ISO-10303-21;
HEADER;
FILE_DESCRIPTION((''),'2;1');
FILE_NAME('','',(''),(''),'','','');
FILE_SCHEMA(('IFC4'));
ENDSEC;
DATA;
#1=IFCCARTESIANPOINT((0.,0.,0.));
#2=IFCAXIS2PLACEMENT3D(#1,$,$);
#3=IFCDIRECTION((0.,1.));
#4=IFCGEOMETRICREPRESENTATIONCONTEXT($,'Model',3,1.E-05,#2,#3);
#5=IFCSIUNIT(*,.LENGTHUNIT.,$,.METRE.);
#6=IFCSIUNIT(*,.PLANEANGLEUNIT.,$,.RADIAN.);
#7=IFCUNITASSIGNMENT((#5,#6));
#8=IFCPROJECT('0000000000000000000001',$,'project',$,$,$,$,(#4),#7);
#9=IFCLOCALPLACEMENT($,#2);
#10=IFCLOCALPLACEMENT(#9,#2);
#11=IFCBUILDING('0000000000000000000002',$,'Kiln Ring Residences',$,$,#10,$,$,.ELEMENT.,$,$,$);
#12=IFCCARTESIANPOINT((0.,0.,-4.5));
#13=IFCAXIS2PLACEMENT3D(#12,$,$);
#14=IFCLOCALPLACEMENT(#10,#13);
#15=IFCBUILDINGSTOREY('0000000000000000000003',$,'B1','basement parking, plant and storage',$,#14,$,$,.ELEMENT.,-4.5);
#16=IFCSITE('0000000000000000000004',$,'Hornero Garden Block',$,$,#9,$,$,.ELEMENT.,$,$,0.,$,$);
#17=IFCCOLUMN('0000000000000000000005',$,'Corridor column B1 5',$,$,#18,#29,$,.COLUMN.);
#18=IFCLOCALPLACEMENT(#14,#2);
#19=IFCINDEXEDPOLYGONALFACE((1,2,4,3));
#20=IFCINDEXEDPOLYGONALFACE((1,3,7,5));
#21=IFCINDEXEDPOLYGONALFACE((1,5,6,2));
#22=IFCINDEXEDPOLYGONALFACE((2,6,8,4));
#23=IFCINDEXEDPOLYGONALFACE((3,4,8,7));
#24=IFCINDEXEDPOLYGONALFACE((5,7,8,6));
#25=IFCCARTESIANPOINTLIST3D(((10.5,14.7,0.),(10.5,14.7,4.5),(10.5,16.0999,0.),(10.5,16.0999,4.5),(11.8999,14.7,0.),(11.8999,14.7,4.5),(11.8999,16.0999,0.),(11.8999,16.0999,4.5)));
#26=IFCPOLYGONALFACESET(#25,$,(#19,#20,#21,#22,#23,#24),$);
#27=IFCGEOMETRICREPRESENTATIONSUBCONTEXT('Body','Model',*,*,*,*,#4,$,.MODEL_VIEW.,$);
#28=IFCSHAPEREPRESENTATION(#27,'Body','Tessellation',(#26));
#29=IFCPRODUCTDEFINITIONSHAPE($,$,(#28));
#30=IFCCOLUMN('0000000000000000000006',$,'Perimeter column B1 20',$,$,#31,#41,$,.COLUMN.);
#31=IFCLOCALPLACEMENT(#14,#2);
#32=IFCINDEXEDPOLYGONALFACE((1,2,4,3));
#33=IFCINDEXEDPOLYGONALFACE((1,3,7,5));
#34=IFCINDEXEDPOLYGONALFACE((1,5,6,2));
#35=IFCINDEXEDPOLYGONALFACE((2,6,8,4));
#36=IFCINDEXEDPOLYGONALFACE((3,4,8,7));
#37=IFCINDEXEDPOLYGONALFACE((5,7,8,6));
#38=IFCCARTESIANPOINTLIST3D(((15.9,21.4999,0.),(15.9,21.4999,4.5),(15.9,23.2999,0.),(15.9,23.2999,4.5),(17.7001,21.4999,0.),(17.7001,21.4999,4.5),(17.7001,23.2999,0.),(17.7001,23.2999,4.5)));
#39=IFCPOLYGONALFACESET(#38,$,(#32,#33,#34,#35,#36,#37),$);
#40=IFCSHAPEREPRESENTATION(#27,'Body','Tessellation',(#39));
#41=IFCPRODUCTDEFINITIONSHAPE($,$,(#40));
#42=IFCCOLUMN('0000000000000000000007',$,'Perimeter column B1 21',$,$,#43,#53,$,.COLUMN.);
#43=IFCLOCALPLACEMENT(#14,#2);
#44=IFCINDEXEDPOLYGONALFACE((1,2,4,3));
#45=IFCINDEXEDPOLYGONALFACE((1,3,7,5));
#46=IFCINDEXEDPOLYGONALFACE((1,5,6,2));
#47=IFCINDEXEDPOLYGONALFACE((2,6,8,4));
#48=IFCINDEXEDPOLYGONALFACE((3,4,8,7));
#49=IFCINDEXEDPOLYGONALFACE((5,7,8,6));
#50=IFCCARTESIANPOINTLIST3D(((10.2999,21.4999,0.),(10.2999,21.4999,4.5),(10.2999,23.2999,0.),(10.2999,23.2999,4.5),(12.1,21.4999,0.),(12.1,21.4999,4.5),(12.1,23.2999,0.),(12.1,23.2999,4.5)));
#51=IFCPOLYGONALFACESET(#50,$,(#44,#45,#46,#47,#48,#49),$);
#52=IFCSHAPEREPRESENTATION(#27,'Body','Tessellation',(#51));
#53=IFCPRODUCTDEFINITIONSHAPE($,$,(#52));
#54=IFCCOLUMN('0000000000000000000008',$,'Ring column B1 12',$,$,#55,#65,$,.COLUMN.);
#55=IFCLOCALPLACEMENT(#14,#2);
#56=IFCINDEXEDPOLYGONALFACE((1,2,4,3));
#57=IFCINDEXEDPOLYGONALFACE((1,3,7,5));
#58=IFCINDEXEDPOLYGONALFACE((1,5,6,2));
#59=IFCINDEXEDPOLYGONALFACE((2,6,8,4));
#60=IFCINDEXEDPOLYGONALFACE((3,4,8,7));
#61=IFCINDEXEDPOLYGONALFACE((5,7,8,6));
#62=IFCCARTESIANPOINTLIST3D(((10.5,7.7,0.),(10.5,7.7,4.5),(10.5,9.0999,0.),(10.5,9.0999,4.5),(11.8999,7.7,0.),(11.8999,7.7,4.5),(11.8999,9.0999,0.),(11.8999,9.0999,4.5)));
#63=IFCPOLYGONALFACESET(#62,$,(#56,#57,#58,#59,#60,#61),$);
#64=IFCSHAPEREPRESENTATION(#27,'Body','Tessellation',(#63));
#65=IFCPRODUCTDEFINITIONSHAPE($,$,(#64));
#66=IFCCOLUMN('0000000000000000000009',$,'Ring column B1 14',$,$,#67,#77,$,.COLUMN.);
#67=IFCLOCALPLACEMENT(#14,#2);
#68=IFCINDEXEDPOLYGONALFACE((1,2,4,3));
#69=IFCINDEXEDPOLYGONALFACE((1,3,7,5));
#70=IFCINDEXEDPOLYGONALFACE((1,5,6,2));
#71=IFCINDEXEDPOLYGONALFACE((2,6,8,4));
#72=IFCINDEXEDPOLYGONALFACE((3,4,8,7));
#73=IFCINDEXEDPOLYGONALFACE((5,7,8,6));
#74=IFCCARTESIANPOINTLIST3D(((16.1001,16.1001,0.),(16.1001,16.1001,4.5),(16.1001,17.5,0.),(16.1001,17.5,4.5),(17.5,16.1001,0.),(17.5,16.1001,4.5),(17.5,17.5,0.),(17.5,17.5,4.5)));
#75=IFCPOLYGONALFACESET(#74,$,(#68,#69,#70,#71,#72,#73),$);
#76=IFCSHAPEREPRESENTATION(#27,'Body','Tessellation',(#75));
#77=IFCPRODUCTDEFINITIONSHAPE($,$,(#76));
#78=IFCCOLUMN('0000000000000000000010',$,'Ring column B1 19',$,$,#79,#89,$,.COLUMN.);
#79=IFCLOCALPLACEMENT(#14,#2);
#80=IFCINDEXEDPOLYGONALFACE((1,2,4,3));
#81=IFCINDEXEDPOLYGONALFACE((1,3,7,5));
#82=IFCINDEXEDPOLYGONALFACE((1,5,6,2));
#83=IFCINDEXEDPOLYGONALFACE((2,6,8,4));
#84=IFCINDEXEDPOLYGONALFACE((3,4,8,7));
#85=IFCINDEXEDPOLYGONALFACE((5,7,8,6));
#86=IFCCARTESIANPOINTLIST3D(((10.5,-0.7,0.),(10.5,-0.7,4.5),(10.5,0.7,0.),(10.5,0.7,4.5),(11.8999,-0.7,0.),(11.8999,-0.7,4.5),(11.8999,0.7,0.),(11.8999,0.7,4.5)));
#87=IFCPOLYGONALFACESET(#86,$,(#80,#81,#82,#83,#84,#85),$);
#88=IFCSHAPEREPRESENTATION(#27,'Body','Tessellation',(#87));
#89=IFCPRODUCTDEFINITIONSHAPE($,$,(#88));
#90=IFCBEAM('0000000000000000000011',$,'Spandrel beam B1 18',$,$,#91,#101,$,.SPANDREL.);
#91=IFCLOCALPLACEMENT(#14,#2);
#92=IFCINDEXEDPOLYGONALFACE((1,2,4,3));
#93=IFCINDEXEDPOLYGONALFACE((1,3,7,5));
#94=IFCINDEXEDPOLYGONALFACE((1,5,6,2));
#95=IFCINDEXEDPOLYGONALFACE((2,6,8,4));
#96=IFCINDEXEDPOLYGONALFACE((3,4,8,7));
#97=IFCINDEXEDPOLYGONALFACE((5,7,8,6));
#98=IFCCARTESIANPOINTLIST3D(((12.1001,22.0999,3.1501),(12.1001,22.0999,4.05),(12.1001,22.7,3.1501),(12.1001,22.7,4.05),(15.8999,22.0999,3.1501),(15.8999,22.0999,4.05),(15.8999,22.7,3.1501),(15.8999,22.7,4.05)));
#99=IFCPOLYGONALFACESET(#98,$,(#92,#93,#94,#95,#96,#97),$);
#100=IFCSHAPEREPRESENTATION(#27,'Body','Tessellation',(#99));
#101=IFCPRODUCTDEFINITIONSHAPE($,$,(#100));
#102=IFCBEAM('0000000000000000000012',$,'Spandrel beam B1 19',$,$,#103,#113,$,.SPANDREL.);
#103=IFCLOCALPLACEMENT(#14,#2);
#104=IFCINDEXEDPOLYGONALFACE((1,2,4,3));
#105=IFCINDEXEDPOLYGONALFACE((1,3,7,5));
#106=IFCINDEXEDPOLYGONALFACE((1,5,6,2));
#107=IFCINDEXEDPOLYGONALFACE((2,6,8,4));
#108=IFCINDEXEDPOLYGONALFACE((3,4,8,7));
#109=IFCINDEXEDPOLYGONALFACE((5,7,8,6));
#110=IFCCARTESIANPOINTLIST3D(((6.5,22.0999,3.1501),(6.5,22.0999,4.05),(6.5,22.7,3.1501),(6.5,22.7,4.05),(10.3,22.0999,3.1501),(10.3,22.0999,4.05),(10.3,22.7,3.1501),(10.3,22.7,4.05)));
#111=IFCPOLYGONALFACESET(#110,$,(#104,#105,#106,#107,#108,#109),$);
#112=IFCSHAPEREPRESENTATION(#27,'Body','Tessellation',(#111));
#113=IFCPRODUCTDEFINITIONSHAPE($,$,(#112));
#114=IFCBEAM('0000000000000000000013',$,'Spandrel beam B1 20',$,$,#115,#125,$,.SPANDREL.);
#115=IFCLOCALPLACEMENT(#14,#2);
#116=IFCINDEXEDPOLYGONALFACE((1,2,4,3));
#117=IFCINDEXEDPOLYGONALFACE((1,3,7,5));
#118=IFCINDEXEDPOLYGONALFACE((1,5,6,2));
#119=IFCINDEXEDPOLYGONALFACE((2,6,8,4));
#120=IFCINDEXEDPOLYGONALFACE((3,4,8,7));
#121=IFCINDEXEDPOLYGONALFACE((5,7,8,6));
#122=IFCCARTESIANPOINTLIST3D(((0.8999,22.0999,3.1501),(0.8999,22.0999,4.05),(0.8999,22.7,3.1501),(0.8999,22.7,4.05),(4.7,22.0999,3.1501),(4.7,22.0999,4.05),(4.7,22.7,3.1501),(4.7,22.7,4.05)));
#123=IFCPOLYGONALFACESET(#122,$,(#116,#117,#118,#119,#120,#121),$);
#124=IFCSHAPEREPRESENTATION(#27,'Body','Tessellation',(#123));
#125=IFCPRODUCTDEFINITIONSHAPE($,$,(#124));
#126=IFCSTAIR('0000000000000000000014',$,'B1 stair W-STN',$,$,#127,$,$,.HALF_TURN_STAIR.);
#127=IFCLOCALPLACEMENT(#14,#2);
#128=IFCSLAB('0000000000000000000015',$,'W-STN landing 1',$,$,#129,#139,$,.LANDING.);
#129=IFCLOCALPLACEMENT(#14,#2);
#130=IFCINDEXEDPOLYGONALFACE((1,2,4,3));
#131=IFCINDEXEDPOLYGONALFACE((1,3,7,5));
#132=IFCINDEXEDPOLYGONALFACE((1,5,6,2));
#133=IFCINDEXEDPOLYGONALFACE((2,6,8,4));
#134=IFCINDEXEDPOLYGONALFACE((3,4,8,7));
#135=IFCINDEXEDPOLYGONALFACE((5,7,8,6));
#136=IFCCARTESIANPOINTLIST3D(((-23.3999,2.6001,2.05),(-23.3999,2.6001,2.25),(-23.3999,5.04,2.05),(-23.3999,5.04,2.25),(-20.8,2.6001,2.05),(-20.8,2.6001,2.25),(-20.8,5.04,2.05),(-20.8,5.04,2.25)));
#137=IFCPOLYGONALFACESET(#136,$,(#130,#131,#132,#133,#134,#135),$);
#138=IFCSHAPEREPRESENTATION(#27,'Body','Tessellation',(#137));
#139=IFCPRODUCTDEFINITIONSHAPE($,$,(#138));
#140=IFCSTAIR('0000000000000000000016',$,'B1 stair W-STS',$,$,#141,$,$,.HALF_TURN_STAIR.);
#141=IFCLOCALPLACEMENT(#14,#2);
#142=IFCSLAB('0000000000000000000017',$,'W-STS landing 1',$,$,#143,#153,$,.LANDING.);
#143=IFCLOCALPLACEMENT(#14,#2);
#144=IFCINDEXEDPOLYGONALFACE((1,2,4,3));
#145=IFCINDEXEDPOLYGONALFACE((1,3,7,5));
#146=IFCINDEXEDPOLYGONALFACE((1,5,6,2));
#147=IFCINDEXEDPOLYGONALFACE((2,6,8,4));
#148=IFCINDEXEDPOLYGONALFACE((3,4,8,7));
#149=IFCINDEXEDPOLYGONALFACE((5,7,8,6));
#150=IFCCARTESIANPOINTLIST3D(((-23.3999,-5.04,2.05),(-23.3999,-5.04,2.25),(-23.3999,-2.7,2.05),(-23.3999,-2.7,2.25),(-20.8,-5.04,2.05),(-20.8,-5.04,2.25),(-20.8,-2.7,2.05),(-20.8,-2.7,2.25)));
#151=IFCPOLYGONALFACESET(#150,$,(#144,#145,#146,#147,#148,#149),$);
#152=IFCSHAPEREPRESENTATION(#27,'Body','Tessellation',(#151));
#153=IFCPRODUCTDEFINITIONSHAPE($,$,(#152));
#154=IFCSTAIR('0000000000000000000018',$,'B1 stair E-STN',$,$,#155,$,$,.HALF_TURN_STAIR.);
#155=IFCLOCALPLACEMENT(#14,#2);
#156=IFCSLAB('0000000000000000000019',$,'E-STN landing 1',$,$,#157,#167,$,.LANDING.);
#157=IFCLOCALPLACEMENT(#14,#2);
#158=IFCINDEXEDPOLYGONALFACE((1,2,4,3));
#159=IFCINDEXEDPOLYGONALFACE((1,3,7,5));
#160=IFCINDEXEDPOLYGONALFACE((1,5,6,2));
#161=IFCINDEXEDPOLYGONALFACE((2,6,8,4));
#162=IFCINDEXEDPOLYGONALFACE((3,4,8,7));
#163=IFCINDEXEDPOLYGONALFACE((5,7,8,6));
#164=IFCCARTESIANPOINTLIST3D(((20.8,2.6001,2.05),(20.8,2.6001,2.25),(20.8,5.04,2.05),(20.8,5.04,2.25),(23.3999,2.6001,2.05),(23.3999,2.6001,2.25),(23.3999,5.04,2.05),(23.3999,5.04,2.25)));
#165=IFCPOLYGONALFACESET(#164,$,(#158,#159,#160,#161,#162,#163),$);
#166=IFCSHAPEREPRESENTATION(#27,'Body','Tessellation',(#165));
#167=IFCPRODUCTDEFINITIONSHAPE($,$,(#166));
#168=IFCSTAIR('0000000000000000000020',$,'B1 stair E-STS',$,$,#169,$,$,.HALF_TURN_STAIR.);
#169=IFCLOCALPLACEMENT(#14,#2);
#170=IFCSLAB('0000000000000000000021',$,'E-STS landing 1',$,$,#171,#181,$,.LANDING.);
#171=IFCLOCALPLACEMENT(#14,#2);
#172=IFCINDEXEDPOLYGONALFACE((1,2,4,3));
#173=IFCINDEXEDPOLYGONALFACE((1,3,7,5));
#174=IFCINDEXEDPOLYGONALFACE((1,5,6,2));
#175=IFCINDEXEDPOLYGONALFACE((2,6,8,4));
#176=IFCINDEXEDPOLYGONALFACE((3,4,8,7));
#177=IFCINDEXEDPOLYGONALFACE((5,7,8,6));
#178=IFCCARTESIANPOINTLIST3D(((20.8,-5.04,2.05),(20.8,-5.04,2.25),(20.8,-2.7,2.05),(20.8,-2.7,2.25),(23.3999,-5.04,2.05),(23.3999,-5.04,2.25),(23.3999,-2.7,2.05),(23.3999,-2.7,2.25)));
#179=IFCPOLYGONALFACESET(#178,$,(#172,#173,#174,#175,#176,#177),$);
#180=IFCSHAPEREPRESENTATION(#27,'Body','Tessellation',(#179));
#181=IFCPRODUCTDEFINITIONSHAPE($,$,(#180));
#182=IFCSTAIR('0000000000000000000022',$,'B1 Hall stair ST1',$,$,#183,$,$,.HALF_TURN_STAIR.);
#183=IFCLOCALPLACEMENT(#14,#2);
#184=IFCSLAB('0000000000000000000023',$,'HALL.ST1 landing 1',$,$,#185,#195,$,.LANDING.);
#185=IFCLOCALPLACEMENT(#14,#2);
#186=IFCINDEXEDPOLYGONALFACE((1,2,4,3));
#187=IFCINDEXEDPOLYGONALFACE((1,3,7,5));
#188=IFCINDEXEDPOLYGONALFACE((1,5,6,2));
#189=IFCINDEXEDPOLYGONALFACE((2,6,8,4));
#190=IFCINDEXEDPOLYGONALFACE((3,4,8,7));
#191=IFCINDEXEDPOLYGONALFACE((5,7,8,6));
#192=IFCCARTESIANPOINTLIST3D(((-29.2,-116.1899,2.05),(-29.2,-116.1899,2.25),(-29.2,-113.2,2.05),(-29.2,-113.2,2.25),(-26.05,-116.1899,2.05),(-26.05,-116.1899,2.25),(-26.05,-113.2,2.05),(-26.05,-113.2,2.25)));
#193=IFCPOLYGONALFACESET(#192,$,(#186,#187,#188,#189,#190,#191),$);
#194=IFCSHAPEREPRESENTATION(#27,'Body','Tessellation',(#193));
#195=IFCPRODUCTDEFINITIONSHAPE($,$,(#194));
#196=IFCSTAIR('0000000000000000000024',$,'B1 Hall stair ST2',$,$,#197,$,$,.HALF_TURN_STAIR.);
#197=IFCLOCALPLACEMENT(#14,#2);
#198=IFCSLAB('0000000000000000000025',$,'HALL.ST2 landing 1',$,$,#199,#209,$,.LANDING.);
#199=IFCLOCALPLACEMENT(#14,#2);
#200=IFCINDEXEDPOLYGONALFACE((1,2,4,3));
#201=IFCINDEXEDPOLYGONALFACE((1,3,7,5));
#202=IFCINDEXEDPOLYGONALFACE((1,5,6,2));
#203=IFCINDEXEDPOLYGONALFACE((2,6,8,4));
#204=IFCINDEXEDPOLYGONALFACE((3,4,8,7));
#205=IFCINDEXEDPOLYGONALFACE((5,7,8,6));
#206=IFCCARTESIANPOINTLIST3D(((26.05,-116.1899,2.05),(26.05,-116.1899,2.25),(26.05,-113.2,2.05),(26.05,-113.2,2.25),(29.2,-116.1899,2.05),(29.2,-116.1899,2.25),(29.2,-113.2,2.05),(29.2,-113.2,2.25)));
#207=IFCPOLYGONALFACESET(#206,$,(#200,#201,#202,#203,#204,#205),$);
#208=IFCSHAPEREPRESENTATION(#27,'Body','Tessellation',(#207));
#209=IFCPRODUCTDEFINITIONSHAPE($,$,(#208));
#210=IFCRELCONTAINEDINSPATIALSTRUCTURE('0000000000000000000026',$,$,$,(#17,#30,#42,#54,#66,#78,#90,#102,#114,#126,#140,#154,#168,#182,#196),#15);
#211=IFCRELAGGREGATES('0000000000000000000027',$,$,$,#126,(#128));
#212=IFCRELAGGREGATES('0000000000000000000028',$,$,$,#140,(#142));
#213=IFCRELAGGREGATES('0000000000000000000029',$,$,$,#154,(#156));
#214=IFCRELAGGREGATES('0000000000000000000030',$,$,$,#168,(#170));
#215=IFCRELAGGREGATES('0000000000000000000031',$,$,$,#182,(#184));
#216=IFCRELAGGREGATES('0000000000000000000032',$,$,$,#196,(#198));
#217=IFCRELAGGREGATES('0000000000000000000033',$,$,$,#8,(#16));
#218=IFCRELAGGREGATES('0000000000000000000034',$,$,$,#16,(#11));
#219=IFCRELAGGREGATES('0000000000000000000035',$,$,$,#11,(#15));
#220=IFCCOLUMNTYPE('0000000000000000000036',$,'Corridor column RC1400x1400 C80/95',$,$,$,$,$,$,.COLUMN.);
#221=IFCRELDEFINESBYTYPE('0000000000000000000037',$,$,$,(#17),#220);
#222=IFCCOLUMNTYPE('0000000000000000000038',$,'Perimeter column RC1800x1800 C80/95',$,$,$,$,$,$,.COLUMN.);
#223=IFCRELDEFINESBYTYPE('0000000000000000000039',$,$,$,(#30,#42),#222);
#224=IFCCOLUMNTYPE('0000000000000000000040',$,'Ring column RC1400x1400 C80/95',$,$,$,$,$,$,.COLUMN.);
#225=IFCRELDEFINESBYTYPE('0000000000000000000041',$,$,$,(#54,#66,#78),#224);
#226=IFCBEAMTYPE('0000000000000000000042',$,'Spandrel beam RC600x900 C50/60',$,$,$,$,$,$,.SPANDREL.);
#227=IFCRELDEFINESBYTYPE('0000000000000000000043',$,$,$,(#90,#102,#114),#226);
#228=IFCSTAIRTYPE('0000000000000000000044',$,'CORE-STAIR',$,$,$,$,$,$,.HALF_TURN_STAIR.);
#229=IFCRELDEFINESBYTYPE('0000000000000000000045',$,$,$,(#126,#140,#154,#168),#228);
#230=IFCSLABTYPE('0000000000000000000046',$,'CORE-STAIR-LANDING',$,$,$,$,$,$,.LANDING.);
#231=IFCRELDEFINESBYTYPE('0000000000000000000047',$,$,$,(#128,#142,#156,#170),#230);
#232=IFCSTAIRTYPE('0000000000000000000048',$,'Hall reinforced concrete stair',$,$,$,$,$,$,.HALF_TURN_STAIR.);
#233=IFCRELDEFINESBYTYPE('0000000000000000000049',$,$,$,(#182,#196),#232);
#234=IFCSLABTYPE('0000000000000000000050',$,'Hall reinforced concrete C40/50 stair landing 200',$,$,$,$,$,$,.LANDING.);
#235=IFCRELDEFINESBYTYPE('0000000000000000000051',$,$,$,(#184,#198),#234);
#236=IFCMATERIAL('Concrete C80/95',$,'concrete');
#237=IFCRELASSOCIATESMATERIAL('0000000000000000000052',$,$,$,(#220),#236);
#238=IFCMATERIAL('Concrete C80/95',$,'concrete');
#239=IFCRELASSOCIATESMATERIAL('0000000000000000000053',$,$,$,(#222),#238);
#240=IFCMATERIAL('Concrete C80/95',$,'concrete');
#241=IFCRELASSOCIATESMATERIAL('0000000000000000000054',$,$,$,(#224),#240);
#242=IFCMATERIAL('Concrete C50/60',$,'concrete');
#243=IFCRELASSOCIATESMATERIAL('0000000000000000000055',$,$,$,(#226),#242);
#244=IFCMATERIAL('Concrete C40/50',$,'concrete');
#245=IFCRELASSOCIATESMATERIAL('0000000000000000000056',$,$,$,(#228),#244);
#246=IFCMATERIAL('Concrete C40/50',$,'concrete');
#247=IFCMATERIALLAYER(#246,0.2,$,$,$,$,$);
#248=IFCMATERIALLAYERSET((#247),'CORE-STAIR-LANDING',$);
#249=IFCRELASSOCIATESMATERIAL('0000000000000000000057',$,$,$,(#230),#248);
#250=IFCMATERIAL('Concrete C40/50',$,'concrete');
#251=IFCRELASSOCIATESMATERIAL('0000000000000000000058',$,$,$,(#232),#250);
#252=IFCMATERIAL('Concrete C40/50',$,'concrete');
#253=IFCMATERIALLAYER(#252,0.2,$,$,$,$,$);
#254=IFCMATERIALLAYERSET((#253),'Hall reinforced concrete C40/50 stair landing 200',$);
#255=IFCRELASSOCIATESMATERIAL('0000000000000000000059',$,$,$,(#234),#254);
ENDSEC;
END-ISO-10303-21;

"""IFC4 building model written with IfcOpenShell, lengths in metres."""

from ifc_helpers import new_model, si_unit, direction, frame, origin, origin_2d, place, context, subcontext, project, spatial, polyline, rectangle, outline, extrude, material, layer, layer_set, material_profile, profile_set, type_object, element, aggregate, save


model = new_model("IFC4")

# Units and contexts
model_context = context("Model", 3, precision=1e-05, world=origin(), true_north=direction((0.0, 1.0)))
body_context = subcontext(model_context, "Body", "Model", "MODEL_VIEW")
ifc_project = project(units=[si_unit("LENGTHUNIT", "METRE"), si_unit("PLANEANGLEUNIT", "RADIAN")], contexts=[model_context])

# Site, building, storey
site_placement = place(None, origin())
site = spatial("IfcSite", under=ifc_project, at=site_placement, Name="Hornero Garden Block", CompositionType="ELEMENT", RefElevation=0.0)
building_placement = place(site_placement, origin())
building = spatial("IfcBuilding", under=site, at=building_placement, Name="Kiln Ring Residences", CompositionType="ELEMENT")
storey_placement = place(building_placement, frame((0.0, 0.0, -4.5)))
storey = spatial("IfcBuildingStorey", under=building, at=storey_placement, Name="B1", Description="basement parking, plant and storage", CompositionType="ELEMENT", Elevation=-4.5)

# Columns
ifc_material_1 = material(Name="Concrete C80/95", Category="concrete")
ifc_material_profile_1 = material_profile(ifc_material_1, rectangle(XDim=1.3999, YDim=1.3999, at=origin_2d()), Name="RC1400x1400")
ifc_profile_set_1 = profile_set([ifc_material_profile_1], Name="Concrete C80/95")
column_type_1 = type_object("IfcColumnType", Name="Corridor column RC1400x1400 C80/95", PredefinedType="COLUMN", material=ifc_profile_set_1)
column_placement = place(storey_placement, frame((11.2, 15.3999, 0.0), z_axis=(0.0, 0.0, 1.0), x_axis=(1.0, 0.0, 0.0)))
element("IfcColumn", 1, at=column_placement, inside=storey, type_object=column_type_1, Name="Corridor column B1 5", PredefinedType="COLUMN", context=body_context, shape_type="SweptSolid", body=[
    extrude(rectangle(XDim=1.3999, YDim=1.3999, at=origin_2d()), origin(), (0.0, 0.0, 1.0), 4.5),
])
ifc_material_2 = material(Name="Concrete C80/95", Category="concrete")
ifc_material_profile_2 = material_profile(ifc_material_2, rectangle(XDim=1.8, YDim=1.8, at=origin_2d()), Name="RC1800x1800")
ifc_profile_set_2 = profile_set([ifc_material_profile_2], Name="Concrete C80/95")
column_type_2 = type_object("IfcColumnType", Name="Perimeter column RC1800x1800 C80/95", PredefinedType="COLUMN", material=ifc_profile_set_2)
for number, where, z_axis, x_axis, name in (
    (2, (16.8, 22.3999, 0.0), (0.0, 0.0, 1.0), (1.0, 0.0, 0.0), "Perimeter column B1 20"),
    (3, (11.2, 22.3999, 0.0), (0.0, 0.0, 1.0), (1.0, 0.0, 0.0), "Perimeter column B1 21"),
):
    element("IfcColumn", number, at=place(storey_placement, frame(where, z_axis=z_axis, x_axis=x_axis)), inside=storey, type_object=column_type_2, Name=name, PredefinedType="COLUMN", context=body_context, shape_type="SweptSolid", body=[
        extrude(rectangle(XDim=1.8, YDim=1.8, at=origin_2d()), origin(), (0.0, 0.0, 1.0), 4.5),
    ])
ifc_material_3 = material(Name="Concrete C80/95", Category="concrete")
ifc_material_profile_3 = material_profile(ifc_material_3, rectangle(XDim=1.3999, YDim=1.3999, at=origin_2d()), Name="RC1400x1400")
ifc_profile_set_3 = profile_set([ifc_material_profile_3], Name="Concrete C80/95")
column_type_3 = type_object("IfcColumnType", Name="Ring column RC1400x1400 C80/95", PredefinedType="COLUMN", material=ifc_profile_set_3)
for number, where, z_axis, x_axis, name in (
    (4, (11.2, 8.3999, 0.0), (0.0, 0.0, 1.0), (1.0, 0.0, 0.0), "Ring column B1 12"),
    (5, (16.8, 16.8, 0.0), (0.0, 0.0, 1.0), (1.0, 0.0, 0.0), "Ring column B1 14"),
    (6, (11.2, 0.0, 0.0), (0.0, 0.0, 1.0), (1.0, 0.0, 0.0), "Ring column B1 19"),
):
    element("IfcColumn", number, at=place(storey_placement, frame(where, z_axis=z_axis, x_axis=x_axis)), inside=storey, type_object=column_type_3, Name=name, PredefinedType="COLUMN", context=body_context, shape_type="SweptSolid", body=[
        extrude(rectangle(XDim=1.3999, YDim=1.3999, at=origin_2d()), origin(), (0.0, 0.0, 1.0), 4.5),
    ])

# Beams
ifc_material_4 = material(Name="Concrete C50/60", Category="concrete")
ifc_material_profile_4 = material_profile(ifc_material_4, rectangle(XDim=0.6001, YDim=0.8999, at=origin_2d()), Name="RC600x900")
ifc_profile_set_4 = profile_set([ifc_material_profile_4], Name="Concrete C50/60")
beam_type = type_object("IfcBeamType", Name="Spandrel beam RC600x900 C50/60", PredefinedType="SPANDREL", material=ifc_profile_set_4)
beam_placement = place(storey_placement, frame((15.8999, 22.3999, 3.6001), z_axis=(-1.0, 0.0, 0.0), x_axis=(0.0, -1.0, 0.0)))
element("IfcBeam", 7, at=beam_placement, inside=storey, type_object=beam_type, Name="Spandrel beam B1 18", PredefinedType="SPANDREL", context=body_context, shape_type="SweptSolid", body=[
    extrude(rectangle(XDim=0.6001, YDim=0.8999, at=origin_2d()), origin(), (0.0, 0.0, 1.0), 3.7998),
])
for number, where, z_axis, x_axis, name in (
    (8, (10.3, 22.3999, 3.6001), (-1.0, 0.0, 0.0), (0.0, -1.0, 0.0), "Spandrel beam B1 19"),
    (9, (4.7, 22.3999, 3.6001), (-1.0, 0.0, 0.0), (0.0, -1.0, 0.0), "Spandrel beam B1 20"),
):
    element("IfcBeam", number, at=place(storey_placement, frame(where, z_axis=z_axis, x_axis=x_axis)), inside=storey, type_object=beam_type, Name=name, PredefinedType="SPANDREL", context=body_context, shape_type="SweptSolid", body=[
        extrude(rectangle(XDim=0.6001, YDim=0.8999, at=origin_2d()), origin(), (0.0, 0.0, 1.0), 3.8),
    ])

# Stairs, slabs
ifc_material_5 = material(Name="Concrete C40/50", Category="concrete")
stair_type_1 = type_object("IfcStairType", Name="CORE-STAIR", PredefinedType="HALF_TURN_STAIR", material=ifc_material_5)
placement_1 = place(storey_placement, origin())
stair_1 = element("IfcStair", 10, at=placement_1, inside=storey, type_object=stair_type_1, Name="B1 stair W-STN", PredefinedType="HALF_TURN_STAIR")
ifc_material_6 = material(Name="Concrete C40/50", Category="concrete")
ifc_layer_1 = layer(ifc_material_6, 0.2)
ifc_layer_set_1 = layer_set([ifc_layer_1], Name="CORE-STAIR-LANDING")
slab_type_1 = type_object("IfcSlabType", Name="CORE-STAIR-LANDING", PredefinedType="LANDING", material=ifc_layer_set_1)
placement_2 = place(storey_placement, frame((0.0, 0.0, 2.05)))
slab_1 = element("IfcSlab", 11, at=placement_2, type_object=slab_type_1, Name="W-STN landing 1", PredefinedType="LANDING", context=body_context, shape_type="SweptSolid", body=[
    extrude(outline(polyline([(-23.3999, 5.04), (-23.3999, 2.6001), (-20.8, 2.6001), (-20.8, 5.04), (-23.3999, 5.04)])), origin(), (0.0, 0.0, 1.0), 0.2),
])
aggregate(stair_1, [slab_1])
stair_2 = element("IfcStair", 12, at=placement_1, inside=storey, type_object=stair_type_1, Name="B1 stair W-STS", PredefinedType="HALF_TURN_STAIR")
slab_2 = element("IfcSlab", 13, at=placement_2, type_object=slab_type_1, Name="W-STS landing 1", PredefinedType="LANDING", context=body_context, shape_type="SweptSolid", body=[
    extrude(outline(polyline([(-20.8, -5.04), (-20.8, -2.7), (-23.3999, -2.7), (-23.3999, -5.04), (-20.8, -5.04)])), origin(), (0.0, 0.0, 1.0), 0.2),
])
aggregate(stair_2, [slab_2])
stair_3 = element("IfcStair", 14, at=placement_1, inside=storey, type_object=stair_type_1, Name="B1 stair E-STN", PredefinedType="HALF_TURN_STAIR")
slab_3 = element("IfcSlab", 15, at=placement_2, type_object=slab_type_1, Name="E-STN landing 1", PredefinedType="LANDING", context=body_context, shape_type="SweptSolid", body=[
    extrude(outline(polyline([(20.8, 5.04), (20.8, 2.6001), (23.3999, 2.6001), (23.3999, 5.04), (20.8, 5.04)])), origin(), (0.0, 0.0, 1.0), 0.2),
])
aggregate(stair_3, [slab_3])
stair_4 = element("IfcStair", 16, at=placement_1, inside=storey, type_object=stair_type_1, Name="B1 stair E-STS", PredefinedType="HALF_TURN_STAIR")
slab_4 = element("IfcSlab", 17, at=placement_2, type_object=slab_type_1, Name="E-STS landing 1", PredefinedType="LANDING", context=body_context, shape_type="SweptSolid", body=[
    extrude(outline(polyline([(23.3999, -5.04), (23.3999, -2.7), (20.8, -2.7), (20.8, -5.04), (23.3999, -5.04)])), origin(), (0.0, 0.0, 1.0), 0.2),
])
aggregate(stair_4, [slab_4])
ifc_material_7 = material(Name="Concrete C40/50", Category="concrete")
stair_type_2 = type_object("IfcStairType", Name="Hall reinforced concrete stair", PredefinedType="HALF_TURN_STAIR", material=ifc_material_7)
stair_5 = element("IfcStair", 18, at=placement_1, inside=storey, type_object=stair_type_2, Name="B1 Hall stair ST1", PredefinedType="HALF_TURN_STAIR")
ifc_material_8 = material(Name="Concrete C40/50", Category="concrete")
ifc_layer_2 = layer(ifc_material_8, 0.2)
ifc_layer_set_2 = layer_set([ifc_layer_2], Name="Hall reinforced concrete C40/50 stair landing 200")
slab_type_2 = type_object("IfcSlabType", Name="Hall reinforced concrete C40/50 stair landing 200", PredefinedType="LANDING", material=ifc_layer_set_2)
slab_5 = element("IfcSlab", 19, at=placement_2, type_object=slab_type_2, Name="HALL.ST1 landing 1", PredefinedType="LANDING", context=body_context, shape_type="SweptSolid", body=[
    extrude(outline(polyline([(-26.05, -116.1899), (-26.05, -113.2), (-29.2, -113.2), (-29.2, -116.1899), (-26.05, -116.1899)])), origin(), (0.0, 0.0, 1.0), 0.2),
])
aggregate(stair_5, [slab_5])
stair_6 = element("IfcStair", 20, at=placement_1, inside=storey, type_object=stair_type_2, Name="B1 Hall stair ST2", PredefinedType="HALF_TURN_STAIR")
slab_6 = element("IfcSlab", 21, at=placement_2, type_object=slab_type_2, Name="HALL.ST2 landing 1", PredefinedType="LANDING", context=body_context, shape_type="SweptSolid", body=[
    extrude(outline(polyline([(29.2, -116.1899), (29.2, -113.2), (26.05, -113.2), (26.05, -116.1899), (29.2, -116.1899)])), origin(), (0.0, 0.0, 1.0), 0.2),
])
aggregate(stair_6, [slab_6])

save(model, "model.ifc")
